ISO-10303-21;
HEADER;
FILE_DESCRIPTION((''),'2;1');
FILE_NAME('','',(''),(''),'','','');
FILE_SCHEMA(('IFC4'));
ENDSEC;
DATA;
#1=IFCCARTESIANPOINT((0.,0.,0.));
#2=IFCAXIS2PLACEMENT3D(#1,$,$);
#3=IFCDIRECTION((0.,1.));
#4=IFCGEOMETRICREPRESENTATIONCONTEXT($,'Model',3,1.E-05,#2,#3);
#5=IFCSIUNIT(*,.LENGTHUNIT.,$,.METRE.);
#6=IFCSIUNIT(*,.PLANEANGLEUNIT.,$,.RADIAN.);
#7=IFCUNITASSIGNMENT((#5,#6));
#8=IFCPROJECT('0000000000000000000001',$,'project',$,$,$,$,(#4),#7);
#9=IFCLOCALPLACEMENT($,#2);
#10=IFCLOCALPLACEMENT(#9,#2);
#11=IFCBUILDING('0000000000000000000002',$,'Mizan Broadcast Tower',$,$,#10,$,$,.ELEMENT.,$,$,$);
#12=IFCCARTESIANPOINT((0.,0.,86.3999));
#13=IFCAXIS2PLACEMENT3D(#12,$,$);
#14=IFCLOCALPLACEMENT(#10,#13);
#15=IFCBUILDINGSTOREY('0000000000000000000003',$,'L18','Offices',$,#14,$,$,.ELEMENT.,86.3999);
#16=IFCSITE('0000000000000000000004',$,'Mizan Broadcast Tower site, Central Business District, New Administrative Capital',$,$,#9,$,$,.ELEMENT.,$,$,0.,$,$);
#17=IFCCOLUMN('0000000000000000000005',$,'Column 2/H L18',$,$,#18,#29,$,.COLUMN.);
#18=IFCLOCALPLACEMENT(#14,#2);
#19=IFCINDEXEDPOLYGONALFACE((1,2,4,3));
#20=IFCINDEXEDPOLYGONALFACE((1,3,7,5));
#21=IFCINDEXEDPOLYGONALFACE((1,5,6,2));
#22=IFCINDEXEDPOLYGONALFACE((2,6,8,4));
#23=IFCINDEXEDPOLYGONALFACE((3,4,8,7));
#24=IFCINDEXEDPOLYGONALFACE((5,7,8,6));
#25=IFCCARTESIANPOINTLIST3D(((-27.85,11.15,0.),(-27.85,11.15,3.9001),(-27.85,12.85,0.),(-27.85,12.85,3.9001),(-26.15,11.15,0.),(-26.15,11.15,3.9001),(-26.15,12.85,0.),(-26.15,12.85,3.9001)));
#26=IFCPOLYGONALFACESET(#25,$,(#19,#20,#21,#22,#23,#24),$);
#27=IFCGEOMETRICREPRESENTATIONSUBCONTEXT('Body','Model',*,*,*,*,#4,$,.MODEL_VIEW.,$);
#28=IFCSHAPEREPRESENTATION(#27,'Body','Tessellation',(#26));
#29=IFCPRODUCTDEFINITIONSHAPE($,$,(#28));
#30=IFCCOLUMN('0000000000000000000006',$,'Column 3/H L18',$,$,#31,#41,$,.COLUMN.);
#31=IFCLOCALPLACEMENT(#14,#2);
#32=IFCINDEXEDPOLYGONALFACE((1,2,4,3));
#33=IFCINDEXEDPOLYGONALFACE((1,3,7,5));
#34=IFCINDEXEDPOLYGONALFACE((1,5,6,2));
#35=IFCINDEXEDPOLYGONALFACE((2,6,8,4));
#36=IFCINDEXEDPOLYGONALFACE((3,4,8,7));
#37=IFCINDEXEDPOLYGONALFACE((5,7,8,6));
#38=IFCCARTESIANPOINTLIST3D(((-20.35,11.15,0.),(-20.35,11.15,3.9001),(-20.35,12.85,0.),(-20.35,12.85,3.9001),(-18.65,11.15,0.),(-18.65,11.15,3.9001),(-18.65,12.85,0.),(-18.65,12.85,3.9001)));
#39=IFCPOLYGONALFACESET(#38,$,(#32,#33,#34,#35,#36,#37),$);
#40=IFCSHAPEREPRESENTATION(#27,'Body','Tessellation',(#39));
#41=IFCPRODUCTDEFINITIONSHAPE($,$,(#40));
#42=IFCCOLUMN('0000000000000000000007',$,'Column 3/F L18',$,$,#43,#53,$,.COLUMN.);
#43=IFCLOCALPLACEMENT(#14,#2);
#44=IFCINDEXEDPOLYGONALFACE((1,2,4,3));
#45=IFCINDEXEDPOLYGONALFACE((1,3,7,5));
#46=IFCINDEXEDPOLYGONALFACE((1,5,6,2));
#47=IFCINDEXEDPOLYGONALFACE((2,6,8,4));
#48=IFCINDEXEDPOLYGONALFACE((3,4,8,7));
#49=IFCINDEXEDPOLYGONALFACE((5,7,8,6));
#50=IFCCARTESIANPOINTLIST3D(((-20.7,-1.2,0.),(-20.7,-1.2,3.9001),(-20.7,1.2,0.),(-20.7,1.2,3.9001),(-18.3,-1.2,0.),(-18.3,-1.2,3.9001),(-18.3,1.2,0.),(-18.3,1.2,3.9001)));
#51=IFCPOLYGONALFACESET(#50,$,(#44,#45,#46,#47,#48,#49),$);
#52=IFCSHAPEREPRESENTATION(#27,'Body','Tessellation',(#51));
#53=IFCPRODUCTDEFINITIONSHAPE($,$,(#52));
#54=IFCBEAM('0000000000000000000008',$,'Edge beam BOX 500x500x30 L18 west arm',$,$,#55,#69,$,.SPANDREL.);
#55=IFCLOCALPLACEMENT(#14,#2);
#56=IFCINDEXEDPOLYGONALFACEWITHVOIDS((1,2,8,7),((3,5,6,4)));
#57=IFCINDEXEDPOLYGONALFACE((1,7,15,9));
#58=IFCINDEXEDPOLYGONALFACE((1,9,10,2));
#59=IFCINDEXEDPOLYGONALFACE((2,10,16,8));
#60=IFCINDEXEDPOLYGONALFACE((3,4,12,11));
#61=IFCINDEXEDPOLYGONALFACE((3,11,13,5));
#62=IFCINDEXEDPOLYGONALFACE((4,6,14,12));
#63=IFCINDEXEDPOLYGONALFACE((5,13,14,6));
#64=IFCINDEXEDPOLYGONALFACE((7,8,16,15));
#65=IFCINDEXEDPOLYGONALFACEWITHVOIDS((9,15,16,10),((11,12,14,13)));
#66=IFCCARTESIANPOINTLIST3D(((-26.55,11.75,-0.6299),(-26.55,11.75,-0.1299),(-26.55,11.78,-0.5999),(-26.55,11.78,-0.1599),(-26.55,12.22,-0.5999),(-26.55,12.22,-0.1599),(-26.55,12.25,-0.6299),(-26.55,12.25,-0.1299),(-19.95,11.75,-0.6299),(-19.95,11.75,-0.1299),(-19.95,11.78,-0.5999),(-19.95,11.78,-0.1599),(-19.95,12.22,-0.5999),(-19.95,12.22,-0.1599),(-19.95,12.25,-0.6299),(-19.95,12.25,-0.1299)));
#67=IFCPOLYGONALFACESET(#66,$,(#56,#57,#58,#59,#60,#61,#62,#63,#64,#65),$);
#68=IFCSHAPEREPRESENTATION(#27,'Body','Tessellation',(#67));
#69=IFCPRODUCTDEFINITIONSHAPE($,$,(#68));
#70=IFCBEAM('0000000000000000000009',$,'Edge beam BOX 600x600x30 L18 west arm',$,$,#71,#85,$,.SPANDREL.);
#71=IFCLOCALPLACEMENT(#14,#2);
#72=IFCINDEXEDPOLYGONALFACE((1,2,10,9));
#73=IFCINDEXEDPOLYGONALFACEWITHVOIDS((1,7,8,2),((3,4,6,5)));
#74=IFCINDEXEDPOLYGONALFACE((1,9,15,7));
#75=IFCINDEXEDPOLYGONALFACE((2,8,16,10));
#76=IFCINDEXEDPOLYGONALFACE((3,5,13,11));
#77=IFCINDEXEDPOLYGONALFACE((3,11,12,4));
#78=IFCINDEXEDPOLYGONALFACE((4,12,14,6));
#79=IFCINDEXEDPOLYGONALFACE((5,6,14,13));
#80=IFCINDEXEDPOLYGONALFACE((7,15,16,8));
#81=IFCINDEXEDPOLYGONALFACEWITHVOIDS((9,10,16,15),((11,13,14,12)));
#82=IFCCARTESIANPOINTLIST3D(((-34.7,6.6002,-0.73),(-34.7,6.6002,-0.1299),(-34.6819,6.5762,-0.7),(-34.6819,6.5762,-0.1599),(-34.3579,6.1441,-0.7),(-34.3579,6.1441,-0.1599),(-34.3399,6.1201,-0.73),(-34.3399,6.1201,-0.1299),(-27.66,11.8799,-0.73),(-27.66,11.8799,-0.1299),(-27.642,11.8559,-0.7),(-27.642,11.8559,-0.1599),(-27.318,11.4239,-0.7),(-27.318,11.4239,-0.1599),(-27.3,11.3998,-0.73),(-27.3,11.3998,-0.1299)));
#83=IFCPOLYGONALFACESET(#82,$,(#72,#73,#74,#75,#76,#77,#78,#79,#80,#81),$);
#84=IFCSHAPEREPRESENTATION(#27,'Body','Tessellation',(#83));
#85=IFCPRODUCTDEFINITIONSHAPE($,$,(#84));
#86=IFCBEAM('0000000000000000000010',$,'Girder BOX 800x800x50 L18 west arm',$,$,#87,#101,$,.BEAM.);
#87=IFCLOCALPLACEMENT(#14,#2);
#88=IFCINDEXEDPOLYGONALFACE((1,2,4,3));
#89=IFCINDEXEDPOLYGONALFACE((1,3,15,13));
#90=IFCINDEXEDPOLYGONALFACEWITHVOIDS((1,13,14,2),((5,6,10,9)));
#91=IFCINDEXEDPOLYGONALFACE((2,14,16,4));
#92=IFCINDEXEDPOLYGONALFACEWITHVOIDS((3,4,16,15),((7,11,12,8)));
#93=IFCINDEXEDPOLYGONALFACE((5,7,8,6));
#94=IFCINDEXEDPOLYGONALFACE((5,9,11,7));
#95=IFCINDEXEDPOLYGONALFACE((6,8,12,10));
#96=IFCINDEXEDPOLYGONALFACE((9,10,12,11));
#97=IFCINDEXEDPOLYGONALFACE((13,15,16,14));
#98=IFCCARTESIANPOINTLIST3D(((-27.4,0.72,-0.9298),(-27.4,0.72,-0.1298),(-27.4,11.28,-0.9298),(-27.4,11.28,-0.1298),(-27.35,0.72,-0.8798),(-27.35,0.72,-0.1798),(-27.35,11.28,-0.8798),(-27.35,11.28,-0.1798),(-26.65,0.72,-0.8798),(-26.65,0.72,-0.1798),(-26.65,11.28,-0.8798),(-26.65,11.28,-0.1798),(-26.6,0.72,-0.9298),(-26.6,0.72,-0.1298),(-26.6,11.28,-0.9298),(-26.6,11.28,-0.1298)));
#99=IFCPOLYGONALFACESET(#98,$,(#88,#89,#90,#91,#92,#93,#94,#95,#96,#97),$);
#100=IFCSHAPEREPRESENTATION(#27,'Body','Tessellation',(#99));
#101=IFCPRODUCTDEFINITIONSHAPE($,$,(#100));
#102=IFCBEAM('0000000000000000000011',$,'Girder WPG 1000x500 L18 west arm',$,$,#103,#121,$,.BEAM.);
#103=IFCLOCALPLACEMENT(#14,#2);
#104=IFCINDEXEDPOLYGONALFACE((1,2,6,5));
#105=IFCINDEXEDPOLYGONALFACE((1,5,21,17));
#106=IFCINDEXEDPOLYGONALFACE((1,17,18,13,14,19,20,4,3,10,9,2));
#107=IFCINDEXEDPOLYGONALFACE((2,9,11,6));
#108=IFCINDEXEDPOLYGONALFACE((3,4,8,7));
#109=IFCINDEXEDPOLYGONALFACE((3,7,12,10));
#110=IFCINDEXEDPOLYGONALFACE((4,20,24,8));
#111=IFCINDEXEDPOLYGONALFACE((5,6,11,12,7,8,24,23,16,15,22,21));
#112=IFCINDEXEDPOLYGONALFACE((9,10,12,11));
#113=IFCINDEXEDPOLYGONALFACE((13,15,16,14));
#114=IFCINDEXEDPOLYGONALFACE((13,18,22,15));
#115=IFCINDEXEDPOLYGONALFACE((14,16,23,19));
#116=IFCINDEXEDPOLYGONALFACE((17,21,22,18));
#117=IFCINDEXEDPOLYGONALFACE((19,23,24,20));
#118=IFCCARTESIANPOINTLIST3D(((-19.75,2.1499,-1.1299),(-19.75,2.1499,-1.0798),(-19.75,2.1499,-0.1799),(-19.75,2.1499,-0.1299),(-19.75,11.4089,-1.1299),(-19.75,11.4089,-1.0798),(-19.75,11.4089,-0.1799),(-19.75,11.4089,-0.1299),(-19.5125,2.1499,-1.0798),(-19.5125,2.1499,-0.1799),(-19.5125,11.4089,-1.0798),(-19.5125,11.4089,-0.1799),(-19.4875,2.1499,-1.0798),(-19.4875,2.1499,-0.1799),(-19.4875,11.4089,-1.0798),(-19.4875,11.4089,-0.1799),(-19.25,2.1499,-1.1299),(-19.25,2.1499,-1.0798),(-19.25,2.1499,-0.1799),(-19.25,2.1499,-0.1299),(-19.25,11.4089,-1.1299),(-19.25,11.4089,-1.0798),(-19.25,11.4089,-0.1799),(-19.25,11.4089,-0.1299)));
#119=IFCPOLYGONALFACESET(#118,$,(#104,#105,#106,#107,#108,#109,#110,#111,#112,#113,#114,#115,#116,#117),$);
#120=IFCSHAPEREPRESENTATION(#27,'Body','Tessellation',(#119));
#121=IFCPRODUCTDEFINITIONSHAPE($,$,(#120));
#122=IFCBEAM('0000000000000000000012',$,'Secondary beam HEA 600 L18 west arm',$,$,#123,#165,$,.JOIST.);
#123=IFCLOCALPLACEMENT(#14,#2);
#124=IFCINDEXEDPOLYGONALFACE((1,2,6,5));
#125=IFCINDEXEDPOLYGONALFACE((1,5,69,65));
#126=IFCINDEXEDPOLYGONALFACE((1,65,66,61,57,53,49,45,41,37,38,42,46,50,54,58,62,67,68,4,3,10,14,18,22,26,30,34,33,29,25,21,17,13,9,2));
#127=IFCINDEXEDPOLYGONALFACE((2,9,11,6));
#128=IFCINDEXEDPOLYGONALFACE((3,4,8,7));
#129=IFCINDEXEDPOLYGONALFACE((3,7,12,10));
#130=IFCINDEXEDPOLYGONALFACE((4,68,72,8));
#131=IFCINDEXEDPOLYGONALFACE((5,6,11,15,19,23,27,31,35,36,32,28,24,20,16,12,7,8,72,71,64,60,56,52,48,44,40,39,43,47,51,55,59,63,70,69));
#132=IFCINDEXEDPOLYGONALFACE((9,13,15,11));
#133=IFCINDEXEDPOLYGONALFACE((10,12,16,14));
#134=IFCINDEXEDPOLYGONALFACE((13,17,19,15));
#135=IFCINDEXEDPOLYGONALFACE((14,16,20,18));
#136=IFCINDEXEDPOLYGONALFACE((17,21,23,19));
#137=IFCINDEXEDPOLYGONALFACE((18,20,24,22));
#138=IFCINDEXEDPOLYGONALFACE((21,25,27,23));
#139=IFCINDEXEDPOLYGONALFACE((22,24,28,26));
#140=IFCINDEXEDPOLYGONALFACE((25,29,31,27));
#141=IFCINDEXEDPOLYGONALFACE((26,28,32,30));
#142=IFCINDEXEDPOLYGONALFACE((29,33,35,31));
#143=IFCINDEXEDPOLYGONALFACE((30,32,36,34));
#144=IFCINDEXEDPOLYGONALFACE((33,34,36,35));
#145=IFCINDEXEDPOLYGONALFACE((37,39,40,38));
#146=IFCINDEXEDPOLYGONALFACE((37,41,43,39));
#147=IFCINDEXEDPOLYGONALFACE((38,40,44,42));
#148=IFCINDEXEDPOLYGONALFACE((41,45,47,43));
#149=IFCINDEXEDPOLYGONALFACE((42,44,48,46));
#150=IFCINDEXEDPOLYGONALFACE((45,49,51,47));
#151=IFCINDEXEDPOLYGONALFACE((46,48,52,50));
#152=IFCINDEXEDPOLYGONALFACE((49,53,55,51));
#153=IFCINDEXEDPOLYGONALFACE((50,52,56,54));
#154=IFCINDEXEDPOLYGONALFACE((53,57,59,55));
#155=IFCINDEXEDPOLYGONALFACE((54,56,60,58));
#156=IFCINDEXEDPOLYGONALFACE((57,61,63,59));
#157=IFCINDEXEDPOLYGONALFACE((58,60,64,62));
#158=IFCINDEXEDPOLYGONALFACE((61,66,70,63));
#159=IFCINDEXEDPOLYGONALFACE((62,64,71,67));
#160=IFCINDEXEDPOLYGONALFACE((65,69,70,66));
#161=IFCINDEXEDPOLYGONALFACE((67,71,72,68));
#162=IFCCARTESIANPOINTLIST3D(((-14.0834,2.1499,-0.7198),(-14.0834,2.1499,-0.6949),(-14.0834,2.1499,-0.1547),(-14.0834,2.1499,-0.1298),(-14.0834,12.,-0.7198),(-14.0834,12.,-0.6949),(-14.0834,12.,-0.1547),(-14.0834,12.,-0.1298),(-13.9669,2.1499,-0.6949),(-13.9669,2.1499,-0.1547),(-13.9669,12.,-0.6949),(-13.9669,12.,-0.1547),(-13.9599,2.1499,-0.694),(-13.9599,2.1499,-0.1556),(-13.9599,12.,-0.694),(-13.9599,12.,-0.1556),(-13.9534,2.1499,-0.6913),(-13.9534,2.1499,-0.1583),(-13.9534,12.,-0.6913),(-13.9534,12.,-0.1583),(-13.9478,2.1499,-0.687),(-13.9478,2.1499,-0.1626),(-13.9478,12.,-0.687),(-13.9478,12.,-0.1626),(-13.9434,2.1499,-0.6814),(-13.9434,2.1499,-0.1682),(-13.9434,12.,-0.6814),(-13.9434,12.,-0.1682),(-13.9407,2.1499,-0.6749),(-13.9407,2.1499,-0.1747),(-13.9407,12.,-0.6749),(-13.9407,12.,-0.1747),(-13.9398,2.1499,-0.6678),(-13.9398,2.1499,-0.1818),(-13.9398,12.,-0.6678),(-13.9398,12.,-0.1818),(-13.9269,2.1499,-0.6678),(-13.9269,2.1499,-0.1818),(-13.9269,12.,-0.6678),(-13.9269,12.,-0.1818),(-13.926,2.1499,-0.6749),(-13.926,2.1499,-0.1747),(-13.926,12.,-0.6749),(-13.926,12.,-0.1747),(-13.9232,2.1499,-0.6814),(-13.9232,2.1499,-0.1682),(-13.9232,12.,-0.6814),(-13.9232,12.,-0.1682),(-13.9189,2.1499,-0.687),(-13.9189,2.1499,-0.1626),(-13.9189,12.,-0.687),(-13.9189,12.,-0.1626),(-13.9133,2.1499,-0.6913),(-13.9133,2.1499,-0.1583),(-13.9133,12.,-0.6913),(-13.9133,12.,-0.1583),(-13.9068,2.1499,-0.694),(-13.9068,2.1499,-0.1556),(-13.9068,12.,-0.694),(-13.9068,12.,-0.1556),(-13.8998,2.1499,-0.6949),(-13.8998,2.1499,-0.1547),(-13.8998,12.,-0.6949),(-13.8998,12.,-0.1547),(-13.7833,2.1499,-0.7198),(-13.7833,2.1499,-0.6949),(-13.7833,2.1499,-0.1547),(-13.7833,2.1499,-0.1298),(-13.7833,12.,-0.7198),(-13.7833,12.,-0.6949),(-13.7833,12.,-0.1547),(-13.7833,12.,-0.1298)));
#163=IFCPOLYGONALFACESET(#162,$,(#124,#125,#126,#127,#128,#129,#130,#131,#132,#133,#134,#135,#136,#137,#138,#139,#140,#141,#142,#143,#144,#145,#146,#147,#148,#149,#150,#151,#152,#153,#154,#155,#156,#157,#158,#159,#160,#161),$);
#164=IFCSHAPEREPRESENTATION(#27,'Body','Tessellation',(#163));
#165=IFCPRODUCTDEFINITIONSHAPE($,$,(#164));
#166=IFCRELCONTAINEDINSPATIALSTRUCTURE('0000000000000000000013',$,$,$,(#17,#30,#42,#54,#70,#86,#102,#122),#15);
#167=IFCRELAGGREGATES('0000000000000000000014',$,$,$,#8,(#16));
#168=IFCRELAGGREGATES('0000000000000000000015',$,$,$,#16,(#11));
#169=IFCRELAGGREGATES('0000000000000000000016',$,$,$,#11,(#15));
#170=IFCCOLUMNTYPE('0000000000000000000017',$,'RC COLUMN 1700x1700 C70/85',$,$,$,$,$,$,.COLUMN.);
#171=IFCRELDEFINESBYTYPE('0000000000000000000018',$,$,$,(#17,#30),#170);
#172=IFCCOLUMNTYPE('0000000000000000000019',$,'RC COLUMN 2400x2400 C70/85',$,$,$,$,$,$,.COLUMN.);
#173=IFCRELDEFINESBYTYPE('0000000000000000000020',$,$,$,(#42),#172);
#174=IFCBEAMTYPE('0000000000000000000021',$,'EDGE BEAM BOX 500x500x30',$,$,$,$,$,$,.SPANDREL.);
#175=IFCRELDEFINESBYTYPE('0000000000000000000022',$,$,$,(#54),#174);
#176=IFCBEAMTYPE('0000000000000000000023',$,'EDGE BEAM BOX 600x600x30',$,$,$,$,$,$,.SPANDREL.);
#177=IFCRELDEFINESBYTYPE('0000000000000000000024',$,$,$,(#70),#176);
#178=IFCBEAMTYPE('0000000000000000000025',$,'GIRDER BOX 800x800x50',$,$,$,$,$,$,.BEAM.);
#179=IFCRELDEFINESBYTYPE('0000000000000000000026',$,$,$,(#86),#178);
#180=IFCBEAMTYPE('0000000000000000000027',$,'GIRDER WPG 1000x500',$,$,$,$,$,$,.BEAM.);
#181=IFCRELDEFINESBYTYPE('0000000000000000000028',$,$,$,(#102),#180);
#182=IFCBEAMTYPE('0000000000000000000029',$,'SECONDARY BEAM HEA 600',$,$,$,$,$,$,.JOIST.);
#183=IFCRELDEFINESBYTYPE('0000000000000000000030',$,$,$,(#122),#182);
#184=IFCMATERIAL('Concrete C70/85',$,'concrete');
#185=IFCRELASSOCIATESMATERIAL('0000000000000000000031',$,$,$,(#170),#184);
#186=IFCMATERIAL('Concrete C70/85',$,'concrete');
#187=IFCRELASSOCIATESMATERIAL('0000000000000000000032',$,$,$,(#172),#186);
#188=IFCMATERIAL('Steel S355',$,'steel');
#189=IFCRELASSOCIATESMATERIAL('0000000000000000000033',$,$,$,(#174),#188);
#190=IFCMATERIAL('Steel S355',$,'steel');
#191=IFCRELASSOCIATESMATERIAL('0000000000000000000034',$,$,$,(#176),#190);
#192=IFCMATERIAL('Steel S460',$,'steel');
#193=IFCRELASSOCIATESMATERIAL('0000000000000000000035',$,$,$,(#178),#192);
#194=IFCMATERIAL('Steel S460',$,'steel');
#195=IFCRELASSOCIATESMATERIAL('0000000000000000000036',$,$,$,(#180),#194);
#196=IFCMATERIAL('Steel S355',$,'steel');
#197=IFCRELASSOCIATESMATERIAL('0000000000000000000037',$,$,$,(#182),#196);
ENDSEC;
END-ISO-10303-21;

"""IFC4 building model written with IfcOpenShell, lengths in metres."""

from ifc_helpers import new_model, si_unit, direction, frame, origin, origin_2d, place, context, subcontext, project, spatial, rectangle, hollow_rectangle, i_section, extrude, material, material_profile, profile_set, type_object, element, save


model = new_model("IFC4")

# Units and contexts
model_context = context("Model", 3, precision=1e-05, world=origin(), true_north=direction((0.0, 1.0)))
body_context = subcontext(model_context, "Body", "Model", "MODEL_VIEW")
ifc_project = project(units=[si_unit("LENGTHUNIT", "METRE"), si_unit("PLANEANGLEUNIT", "RADIAN")], contexts=[model_context])

# Site, building, storey
site_placement = place(None, origin())
site = spatial("IfcSite", under=ifc_project, at=site_placement, Name="Mizan Broadcast Tower site, Central Business District, New Administrative Capital", CompositionType="ELEMENT", RefElevation=0.0)
building_placement = place(site_placement, origin())
building = spatial("IfcBuilding", under=site, at=building_placement, Name="Mizan Broadcast Tower", CompositionType="ELEMENT")
storey_placement = place(building_placement, frame((0.0, 0.0, 86.3999)))
storey = spatial("IfcBuildingStorey", under=building, at=storey_placement, Name="L18", Description="Offices", CompositionType="ELEMENT", Elevation=86.3999)

# Columns
ifc_material_1 = material(Name="Concrete C70/85", Category="concrete")
ifc_material_profile_1 = material_profile(ifc_material_1, rectangle(XDim=1.7, YDim=1.7, at=origin_2d()), Name="RC 1700x1700")
ifc_profile_set_1 = profile_set([ifc_material_profile_1], Name="Concrete C70/85")
column_type_1 = type_object("IfcColumnType", Name="RC COLUMN 1700x1700 C70/85", PredefinedType="COLUMN", material=ifc_profile_set_1)
for number, where, z_axis, x_axis, name in (
    (1, (-27.0, 12.0, 0.0), (0.0, 0.0, 1.0), (1.0, 0.0, 0.0), "Column 2/H L18"),
    (2, (-19.5, 12.0, 0.0), (0.0, 0.0, 1.0), (1.0, 0.0, 0.0), "Column 3/H L18"),
):
    element("IfcColumn", number, at=place(storey_placement, frame(where, z_axis=z_axis, x_axis=x_axis)), inside=storey, type_object=column_type_1, Name=name, PredefinedType="COLUMN", context=body_context, shape_type="SweptSolid", body=[
        extrude(rectangle(XDim=1.7, YDim=1.7, at=origin_2d()), origin(), (0.0, 0.0, 1.0), 3.9001),
    ])
ifc_material_2 = material(Name="Concrete C70/85", Category="concrete")
ifc_material_profile_2 = material_profile(ifc_material_2, rectangle(XDim=2.3999, YDim=2.3999, at=origin_2d()), Name="RC 2400x2400")
ifc_profile_set_2 = profile_set([ifc_material_profile_2], Name="Concrete C70/85")
column_type_2 = type_object("IfcColumnType", Name="RC COLUMN 2400x2400 C70/85", PredefinedType="COLUMN", material=ifc_profile_set_2)
column_placement = place(storey_placement, frame((-19.5, 0.0, 0.0), z_axis=(0.0, 0.0, 1.0), x_axis=(1.0, 0.0, 0.0)))
element("IfcColumn", 3, at=column_placement, inside=storey, type_object=column_type_2, Name="Column 3/F L18", PredefinedType="COLUMN", context=body_context, shape_type="SweptSolid", body=[
    extrude(rectangle(XDim=2.3999, YDim=2.3999, at=origin_2d()), origin(), (0.0, 0.0, 1.0), 3.9001),
])

# Beams
ifc_material_3 = material(Name="Steel S355", Category="steel")
ifc_material_profile_3 = material_profile(ifc_material_3, hollow_rectangle(XDim=0.5, YDim=0.5, WallThickness=0.03, at=origin_2d()), Name="BOX 500x500x30")
ifc_profile_set_3 = profile_set([ifc_material_profile_3], Name="Steel S355")
beam_type_1 = type_object("IfcBeamType", Name="EDGE BEAM BOX 500x500x30", PredefinedType="SPANDREL", material=ifc_profile_set_3)
beam_1_placement = place(storey_placement, frame((-19.95, 12.0, -0.3799), z_axis=(-1.0, 0.0, 0.0), x_axis=(0.0, -1.0, 0.0)))
element("IfcBeam", 4, at=beam_1_placement, inside=storey, type_object=beam_type_1, Name="Edge beam BOX 500x500x30 L18 west arm", PredefinedType="SPANDREL", context=body_context, shape_type="SweptSolid", body=[
    extrude(hollow_rectangle(XDim=0.5, YDim=0.5, WallThickness=0.03, at=origin_2d()), origin(), (0.0, 0.0, 1.0), 6.6001),
])
ifc_material_4 = material(Name="Steel S355", Category="steel")
ifc_material_profile_4 = material_profile(ifc_material_4, hollow_rectangle(XDim=0.6001, YDim=0.6001, WallThickness=0.03, at=origin_2d()), Name="BOX 600x600x30")
ifc_profile_set_4 = profile_set([ifc_material_profile_4], Name="Steel S355")
beam_type_2 = type_object("IfcBeamType", Name="EDGE BEAM BOX 600x600x30", PredefinedType="SPANDREL", material=ifc_profile_set_4)
beam_2_placement = place(storey_placement, frame((-27.48, 11.6399, -0.4299), z_axis=(-0.800013, -0.599982, 0.0), x_axis=(0.599982, -0.800013, 0.0)))
element("IfcBeam", 5, at=beam_2_placement, inside=storey, type_object=beam_type_2, Name="Edge beam BOX 600x600x30 L18 west arm", PredefinedType="SPANDREL", context=body_context, shape_type="SweptSolid", body=[
    extrude(hollow_rectangle(XDim=0.6001, YDim=0.6001, WallThickness=0.03, at=origin_2d()), origin(), (0.0, 0.0, 1.0), 8.7998),
])
ifc_material_5 = material(Name="Steel S460", Category="steel")
ifc_material_profile_5 = material_profile(ifc_material_5, hollow_rectangle(XDim=0.8, YDim=0.8, WallThickness=0.05, at=origin_2d()), Name="BOX 800x800x50")
ifc_profile_set_5 = profile_set([ifc_material_profile_5], Name="Steel S460")
beam_type_3 = type_object("IfcBeamType", Name="GIRDER BOX 800x800x50", PredefinedType="BEAM", material=ifc_profile_set_5)
beam_3_placement = place(storey_placement, frame((-27.0, 11.28, -0.5298), z_axis=(0.0, -1.0, 0.0), x_axis=(1.0, 0.0, 0.0)))
element("IfcBeam", 6, at=beam_3_placement, inside=storey, type_object=beam_type_3, Name="Girder BOX 800x800x50 L18 west arm", PredefinedType="BEAM", context=body_context, shape_type="SweptSolid", body=[
    extrude(hollow_rectangle(XDim=0.8, YDim=0.8, WallThickness=0.05, at=origin_2d()), origin(), (0.0, 0.0, 1.0), 10.5601),
])
ifc_material_6 = material(Name="Steel S460", Category="steel")
ifc_material_profile_6 = material_profile(ifc_material_6, i_section(OverallWidth=0.5, OverallDepth=1.0, WebThickness=0.0249, FlangeThickness=0.05, at=origin_2d()), Name="WPG 1000x500")
ifc_profile_set_6 = profile_set([ifc_material_profile_6], Name="Steel S460")
beam_type_4 = type_object("IfcBeamType", Name="GIRDER WPG 1000x500", PredefinedType="BEAM", material=ifc_profile_set_6)
beam_4_placement = place(storey_placement, frame((-19.5, 11.4089, -0.6299), z_axis=(0.0, -1.0, 0.0), x_axis=(1.0, 0.0, 0.0)))
element("IfcBeam", 7, at=beam_4_placement, inside=storey, type_object=beam_type_4, Name="Girder WPG 1000x500 L18 west arm", PredefinedType="BEAM", context=body_context, shape_type="SweptSolid", body=[
    extrude(i_section(OverallWidth=0.5, OverallDepth=1.0, WebThickness=0.0249, FlangeThickness=0.05, at=origin_2d()), origin(), (0.0, 0.0, 1.0), 9.259),
])
ifc_material_7 = material(Name="Steel S355", Category="steel")
ifc_material_profile_7 = material_profile(ifc_material_7, i_section(OverallWidth=0.3, OverallDepth=0.5901, WebThickness=0.0129, FlangeThickness=0.0249, FilletRadius=0.0271, at=origin_2d()), Name="HEA 600")
ifc_profile_set_7 = profile_set([ifc_material_profile_7], Name="Steel S355")
beam_type_5 = type_object("IfcBeamType", Name="SECONDARY BEAM HEA 600", PredefinedType="JOIST", material=ifc_profile_set_7)
for number, where, z_axis, x_axis, name in (
    (8, (-13.9333, 12.0, -0.4248), (0.0, -1.0, 0.0), (1.0, 0.0, 0.0), "Secondary beam HEA 600 L18 west arm"),
):
    element("IfcBeam", number, at=place(storey_placement, frame(where, z_axis=z_axis, x_axis=x_axis)), inside=storey, type_object=beam_type_5, Name=name, PredefinedType="JOIST", context=body_context, shape_type="SweptSolid", body=[
        extrude(i_section(OverallWidth=0.3, OverallDepth=0.5901, WebThickness=0.0129, FlangeThickness=0.0249, FilletRadius=0.0271, at=origin_2d()), origin(), (0.0, 0.0, 1.0), 9.8501),
    ])

save(model, "model.ifc")
